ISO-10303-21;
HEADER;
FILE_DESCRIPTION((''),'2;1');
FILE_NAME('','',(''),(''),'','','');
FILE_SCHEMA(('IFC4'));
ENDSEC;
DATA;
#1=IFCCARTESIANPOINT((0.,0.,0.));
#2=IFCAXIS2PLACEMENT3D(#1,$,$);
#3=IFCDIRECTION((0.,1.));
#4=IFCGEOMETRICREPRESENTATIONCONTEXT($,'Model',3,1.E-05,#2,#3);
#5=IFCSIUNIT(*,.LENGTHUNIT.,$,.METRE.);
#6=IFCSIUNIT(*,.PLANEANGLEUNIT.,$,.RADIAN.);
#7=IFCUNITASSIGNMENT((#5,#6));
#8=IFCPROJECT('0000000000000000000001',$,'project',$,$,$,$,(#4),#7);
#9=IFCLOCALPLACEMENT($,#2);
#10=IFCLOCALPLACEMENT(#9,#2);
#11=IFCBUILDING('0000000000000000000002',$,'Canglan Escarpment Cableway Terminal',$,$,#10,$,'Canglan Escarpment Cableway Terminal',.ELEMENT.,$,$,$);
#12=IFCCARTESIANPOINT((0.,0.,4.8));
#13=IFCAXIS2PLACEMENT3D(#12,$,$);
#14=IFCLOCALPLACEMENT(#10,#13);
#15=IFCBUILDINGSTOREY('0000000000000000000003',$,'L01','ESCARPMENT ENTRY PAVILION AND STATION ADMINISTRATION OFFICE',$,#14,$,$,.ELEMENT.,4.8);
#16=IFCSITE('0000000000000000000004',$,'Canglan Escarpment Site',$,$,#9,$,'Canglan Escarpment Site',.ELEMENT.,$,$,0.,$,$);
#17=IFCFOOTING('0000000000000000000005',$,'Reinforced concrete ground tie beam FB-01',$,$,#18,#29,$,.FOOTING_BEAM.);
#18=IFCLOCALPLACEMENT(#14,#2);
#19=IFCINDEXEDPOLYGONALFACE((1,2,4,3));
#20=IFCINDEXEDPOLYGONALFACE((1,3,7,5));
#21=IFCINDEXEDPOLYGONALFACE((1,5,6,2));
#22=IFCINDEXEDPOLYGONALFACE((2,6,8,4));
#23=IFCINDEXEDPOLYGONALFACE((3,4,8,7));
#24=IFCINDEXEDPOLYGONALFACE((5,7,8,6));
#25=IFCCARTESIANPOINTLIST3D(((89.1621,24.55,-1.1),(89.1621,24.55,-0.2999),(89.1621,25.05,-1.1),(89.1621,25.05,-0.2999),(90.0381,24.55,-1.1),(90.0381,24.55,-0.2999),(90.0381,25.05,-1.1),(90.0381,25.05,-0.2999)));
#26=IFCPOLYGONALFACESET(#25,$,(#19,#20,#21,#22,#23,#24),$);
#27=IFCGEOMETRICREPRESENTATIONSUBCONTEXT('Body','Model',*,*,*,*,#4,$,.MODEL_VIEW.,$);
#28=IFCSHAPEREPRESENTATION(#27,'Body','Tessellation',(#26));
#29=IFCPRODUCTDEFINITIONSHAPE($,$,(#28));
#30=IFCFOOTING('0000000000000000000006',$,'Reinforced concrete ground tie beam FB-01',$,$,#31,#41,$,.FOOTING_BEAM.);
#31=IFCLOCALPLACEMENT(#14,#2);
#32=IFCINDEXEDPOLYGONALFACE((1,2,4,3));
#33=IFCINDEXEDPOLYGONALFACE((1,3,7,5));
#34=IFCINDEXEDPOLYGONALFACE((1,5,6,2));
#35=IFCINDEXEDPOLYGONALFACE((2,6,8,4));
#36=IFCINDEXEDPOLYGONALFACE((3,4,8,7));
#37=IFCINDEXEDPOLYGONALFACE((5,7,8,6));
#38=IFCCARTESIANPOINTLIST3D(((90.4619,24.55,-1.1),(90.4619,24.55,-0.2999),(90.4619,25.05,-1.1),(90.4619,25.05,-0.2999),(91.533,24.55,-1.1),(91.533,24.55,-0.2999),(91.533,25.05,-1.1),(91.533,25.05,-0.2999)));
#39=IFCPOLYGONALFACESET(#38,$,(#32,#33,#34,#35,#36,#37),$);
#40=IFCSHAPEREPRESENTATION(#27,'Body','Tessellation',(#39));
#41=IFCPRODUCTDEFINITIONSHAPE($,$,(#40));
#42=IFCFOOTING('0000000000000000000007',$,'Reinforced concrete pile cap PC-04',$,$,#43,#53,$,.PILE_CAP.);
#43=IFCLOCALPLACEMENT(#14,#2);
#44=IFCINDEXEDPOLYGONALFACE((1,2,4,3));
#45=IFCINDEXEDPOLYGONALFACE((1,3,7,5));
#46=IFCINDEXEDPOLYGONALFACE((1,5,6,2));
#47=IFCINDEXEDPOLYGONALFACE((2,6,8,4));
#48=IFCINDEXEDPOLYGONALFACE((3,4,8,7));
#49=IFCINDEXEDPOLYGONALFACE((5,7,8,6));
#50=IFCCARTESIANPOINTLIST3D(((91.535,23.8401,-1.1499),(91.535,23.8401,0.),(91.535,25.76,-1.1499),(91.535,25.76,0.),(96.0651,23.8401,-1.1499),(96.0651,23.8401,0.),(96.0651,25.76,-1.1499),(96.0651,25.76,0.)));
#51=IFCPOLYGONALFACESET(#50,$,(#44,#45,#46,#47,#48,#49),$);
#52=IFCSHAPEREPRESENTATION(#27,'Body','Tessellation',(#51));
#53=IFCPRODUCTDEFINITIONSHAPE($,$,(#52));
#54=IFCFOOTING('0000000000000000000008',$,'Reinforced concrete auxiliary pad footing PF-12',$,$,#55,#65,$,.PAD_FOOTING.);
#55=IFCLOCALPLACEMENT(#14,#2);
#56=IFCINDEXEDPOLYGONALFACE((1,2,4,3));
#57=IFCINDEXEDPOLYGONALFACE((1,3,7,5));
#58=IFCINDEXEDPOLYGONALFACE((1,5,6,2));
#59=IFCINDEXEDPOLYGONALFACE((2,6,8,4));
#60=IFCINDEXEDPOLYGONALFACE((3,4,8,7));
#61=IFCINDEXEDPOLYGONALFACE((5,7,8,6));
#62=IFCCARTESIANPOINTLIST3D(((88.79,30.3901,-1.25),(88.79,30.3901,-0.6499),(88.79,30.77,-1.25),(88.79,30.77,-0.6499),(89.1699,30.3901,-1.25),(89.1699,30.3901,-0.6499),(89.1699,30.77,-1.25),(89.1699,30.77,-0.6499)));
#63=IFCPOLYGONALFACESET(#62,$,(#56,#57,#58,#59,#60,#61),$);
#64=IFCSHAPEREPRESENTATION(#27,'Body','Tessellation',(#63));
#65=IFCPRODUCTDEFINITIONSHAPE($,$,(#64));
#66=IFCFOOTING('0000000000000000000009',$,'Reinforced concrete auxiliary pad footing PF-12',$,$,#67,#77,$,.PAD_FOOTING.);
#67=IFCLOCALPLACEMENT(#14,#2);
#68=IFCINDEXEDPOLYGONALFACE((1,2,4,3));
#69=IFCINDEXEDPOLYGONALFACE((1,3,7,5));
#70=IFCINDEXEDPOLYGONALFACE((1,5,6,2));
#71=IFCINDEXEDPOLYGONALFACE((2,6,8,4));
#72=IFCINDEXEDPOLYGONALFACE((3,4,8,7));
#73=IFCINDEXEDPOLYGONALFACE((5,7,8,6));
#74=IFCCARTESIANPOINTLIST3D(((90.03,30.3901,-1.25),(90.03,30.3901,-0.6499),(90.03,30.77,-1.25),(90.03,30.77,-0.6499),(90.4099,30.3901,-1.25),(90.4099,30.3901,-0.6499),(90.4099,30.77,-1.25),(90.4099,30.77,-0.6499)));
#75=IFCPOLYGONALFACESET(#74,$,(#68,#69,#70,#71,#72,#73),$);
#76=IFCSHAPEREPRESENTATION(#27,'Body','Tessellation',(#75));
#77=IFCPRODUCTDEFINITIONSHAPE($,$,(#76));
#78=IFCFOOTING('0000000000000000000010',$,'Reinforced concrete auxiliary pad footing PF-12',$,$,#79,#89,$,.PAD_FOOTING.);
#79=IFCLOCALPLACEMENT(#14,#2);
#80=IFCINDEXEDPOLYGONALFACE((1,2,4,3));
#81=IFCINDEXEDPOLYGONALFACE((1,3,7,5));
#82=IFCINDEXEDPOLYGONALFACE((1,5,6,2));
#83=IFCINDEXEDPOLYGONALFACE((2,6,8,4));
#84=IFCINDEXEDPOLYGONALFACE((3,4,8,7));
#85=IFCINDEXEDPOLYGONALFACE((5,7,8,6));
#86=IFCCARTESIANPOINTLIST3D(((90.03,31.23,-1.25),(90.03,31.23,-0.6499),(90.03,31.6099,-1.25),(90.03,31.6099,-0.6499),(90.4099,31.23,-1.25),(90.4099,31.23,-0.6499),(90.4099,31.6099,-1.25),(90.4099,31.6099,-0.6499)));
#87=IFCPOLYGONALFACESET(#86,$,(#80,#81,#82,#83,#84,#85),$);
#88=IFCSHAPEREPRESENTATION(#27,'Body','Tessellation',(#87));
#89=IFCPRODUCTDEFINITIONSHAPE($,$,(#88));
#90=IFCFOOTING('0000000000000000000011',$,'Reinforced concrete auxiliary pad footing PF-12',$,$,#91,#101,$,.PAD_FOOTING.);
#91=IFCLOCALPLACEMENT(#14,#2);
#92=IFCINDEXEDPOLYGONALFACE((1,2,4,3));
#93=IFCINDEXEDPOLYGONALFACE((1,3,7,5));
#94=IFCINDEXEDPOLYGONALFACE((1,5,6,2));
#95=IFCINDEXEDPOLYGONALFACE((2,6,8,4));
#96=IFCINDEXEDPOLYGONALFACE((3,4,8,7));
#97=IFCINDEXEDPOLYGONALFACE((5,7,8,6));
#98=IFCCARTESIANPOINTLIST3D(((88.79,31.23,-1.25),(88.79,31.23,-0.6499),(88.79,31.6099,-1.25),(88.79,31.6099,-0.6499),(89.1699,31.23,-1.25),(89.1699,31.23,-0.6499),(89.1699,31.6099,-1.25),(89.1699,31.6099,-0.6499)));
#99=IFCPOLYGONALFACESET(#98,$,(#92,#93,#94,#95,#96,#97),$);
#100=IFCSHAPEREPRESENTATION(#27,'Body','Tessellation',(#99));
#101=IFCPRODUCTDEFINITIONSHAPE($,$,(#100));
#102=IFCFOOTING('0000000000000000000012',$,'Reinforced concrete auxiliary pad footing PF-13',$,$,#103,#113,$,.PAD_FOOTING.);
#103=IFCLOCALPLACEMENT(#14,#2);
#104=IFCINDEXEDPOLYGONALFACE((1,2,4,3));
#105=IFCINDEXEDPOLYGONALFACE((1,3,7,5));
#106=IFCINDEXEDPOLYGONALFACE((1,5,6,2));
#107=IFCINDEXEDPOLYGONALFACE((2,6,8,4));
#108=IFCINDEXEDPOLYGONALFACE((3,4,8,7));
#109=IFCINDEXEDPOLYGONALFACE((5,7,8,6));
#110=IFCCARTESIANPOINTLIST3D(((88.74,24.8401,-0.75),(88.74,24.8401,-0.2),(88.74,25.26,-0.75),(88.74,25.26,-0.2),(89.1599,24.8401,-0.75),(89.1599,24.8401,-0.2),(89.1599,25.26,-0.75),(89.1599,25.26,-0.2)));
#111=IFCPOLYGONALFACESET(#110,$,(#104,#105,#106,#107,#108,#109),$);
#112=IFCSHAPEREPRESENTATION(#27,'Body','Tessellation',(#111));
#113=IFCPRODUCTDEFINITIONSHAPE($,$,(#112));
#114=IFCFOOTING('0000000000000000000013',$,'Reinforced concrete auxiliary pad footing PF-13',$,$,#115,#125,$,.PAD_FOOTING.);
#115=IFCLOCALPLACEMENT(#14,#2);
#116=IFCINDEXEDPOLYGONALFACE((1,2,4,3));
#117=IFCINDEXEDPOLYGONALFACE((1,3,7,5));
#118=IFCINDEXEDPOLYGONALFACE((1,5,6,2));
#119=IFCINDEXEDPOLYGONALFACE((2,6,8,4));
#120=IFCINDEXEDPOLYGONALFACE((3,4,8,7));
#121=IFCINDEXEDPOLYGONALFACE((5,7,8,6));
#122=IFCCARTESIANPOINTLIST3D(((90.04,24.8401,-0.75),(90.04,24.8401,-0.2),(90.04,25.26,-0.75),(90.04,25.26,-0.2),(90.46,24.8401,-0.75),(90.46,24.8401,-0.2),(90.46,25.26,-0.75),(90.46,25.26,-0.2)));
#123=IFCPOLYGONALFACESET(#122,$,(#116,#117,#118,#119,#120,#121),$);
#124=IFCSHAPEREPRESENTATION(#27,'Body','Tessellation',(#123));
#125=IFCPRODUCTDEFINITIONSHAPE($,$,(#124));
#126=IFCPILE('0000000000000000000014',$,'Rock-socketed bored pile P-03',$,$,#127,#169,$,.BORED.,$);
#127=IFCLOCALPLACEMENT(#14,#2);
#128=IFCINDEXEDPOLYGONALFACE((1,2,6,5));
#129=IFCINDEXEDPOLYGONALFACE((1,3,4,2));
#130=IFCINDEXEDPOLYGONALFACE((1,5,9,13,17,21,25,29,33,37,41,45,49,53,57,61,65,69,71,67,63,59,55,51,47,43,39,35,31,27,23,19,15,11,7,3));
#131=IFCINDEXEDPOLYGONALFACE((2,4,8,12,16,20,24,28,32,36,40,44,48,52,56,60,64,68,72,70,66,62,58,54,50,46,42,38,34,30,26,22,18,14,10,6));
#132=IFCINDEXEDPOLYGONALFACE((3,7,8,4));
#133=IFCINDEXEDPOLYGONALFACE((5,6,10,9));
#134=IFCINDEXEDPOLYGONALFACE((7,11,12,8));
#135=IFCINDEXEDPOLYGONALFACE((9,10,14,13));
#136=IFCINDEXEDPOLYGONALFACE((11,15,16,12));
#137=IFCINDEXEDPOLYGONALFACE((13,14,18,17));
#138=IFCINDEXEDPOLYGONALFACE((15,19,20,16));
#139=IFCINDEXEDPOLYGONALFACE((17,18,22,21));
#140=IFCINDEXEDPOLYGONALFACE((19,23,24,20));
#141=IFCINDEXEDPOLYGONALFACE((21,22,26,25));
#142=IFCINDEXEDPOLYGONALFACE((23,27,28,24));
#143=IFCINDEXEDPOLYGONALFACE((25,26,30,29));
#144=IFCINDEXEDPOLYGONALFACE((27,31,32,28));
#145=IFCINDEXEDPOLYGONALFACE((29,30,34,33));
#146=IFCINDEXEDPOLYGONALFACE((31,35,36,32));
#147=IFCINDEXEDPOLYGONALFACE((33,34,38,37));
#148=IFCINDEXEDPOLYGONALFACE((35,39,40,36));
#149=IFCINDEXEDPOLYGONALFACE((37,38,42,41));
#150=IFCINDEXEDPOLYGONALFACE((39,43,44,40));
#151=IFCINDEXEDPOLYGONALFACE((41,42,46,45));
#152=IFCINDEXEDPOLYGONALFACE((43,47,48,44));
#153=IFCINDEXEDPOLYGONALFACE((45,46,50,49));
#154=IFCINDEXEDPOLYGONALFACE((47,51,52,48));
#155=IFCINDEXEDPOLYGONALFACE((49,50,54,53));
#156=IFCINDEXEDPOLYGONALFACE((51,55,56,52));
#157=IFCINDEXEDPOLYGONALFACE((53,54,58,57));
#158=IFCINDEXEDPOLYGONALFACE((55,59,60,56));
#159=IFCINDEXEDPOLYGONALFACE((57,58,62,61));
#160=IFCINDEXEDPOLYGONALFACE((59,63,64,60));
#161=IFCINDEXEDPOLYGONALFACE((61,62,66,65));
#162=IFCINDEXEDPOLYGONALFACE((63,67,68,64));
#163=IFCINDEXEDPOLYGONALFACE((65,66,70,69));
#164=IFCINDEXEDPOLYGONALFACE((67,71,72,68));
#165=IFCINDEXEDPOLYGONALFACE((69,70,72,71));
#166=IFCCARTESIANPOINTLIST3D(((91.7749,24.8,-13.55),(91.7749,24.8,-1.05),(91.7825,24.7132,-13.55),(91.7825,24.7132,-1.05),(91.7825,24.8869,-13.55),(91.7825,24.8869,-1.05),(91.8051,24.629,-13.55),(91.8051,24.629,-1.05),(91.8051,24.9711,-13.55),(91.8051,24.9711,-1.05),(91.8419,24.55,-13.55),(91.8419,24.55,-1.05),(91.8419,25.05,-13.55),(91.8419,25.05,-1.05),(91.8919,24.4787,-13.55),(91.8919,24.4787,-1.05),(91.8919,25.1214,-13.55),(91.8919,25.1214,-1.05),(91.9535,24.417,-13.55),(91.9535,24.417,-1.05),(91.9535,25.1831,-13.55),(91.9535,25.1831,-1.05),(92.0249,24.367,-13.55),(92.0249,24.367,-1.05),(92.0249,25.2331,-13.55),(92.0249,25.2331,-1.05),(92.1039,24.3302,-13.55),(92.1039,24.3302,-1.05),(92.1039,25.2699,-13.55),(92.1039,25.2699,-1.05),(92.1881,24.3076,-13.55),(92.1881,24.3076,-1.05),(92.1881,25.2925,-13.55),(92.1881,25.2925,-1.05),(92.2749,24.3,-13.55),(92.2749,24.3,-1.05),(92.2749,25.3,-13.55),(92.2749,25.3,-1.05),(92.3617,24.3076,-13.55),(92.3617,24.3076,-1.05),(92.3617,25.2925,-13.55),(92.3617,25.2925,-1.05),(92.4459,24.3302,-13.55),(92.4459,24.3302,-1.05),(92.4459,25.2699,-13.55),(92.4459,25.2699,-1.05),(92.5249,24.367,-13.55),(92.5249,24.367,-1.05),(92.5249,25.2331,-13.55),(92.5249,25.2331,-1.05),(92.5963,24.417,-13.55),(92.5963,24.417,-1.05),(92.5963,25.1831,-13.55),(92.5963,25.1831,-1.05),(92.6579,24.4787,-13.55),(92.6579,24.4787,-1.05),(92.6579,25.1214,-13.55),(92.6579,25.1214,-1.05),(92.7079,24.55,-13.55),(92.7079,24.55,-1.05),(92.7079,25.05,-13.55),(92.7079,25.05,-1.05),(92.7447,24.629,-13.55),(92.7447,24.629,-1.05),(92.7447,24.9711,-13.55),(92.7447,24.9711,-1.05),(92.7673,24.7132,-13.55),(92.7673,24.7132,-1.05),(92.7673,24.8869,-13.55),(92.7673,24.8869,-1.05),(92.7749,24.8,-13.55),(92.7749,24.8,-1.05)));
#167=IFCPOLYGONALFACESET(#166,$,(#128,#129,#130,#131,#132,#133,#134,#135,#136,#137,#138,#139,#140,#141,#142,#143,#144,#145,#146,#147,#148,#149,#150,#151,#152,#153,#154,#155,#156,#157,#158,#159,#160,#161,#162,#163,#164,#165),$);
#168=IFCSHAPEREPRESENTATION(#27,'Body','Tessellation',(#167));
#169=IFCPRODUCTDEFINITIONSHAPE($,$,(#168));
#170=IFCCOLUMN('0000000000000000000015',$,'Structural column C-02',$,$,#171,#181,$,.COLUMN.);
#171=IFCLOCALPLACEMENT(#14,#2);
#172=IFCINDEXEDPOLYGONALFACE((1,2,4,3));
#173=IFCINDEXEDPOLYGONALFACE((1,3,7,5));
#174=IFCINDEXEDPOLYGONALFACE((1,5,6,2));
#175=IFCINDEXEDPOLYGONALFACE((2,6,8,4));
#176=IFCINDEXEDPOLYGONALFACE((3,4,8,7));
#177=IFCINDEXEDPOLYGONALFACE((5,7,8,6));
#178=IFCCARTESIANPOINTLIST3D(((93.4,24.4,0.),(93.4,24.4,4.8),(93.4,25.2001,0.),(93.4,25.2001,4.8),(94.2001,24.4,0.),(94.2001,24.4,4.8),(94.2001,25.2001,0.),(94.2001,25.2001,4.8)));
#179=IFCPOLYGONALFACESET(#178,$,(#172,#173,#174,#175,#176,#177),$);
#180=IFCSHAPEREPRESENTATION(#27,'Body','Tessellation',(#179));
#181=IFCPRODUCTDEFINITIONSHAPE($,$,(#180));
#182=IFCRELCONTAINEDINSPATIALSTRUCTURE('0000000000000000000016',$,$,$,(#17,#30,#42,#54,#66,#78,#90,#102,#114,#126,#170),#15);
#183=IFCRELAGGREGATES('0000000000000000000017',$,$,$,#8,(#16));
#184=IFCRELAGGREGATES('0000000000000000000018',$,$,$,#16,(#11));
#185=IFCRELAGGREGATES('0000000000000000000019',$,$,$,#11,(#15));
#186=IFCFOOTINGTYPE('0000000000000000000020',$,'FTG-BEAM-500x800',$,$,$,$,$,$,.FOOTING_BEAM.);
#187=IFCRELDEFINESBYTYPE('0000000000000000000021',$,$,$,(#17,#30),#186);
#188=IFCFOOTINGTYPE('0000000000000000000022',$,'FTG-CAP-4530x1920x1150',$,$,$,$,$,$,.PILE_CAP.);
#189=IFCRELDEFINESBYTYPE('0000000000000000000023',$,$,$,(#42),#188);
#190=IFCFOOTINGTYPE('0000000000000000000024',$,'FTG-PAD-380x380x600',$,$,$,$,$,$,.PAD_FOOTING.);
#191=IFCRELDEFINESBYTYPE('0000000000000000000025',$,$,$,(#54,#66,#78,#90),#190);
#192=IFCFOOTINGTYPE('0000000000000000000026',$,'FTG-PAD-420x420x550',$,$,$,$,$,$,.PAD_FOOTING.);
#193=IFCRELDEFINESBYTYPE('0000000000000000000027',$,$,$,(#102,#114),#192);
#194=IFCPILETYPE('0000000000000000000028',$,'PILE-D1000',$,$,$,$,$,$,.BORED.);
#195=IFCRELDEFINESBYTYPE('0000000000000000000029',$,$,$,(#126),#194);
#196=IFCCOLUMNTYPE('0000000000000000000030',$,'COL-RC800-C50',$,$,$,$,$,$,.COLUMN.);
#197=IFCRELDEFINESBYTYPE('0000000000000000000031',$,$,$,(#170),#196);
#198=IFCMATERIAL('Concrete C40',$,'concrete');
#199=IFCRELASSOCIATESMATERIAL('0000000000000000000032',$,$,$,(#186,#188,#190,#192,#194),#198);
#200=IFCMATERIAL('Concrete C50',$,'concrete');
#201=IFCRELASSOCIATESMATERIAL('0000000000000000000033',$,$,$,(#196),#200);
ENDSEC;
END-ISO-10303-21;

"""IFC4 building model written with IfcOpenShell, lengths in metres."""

from ifc_helpers import new_model, si_unit, direction, frame, origin, origin_2d, place, context, subcontext, project, spatial, rectangle, circle, extrude, material, material_profile, profile_set, type_object, element, save


model = new_model("IFC4")

# Units and contexts
model_context = context("Model", 3, precision=1e-05, world=origin(), true_north=direction((0.0, 1.0)))
body_context = subcontext(model_context, "Body", "Model", "MODEL_VIEW")
ifc_project = project(units=[si_unit("LENGTHUNIT", "METRE"), si_unit("PLANEANGLEUNIT", "RADIAN")], contexts=[model_context])

# Site, building, storey
site_placement = place(None, origin())
site = spatial("IfcSite", under=ifc_project, at=site_placement, Name="Canglan Escarpment Site", LongName="Canglan Escarpment Site", CompositionType="ELEMENT", RefElevation=0.0)
building_placement = place(site_placement, origin())
building = spatial("IfcBuilding", under=site, at=building_placement, Name="Canglan Escarpment Cableway Terminal", LongName="Canglan Escarpment Cableway Terminal", CompositionType="ELEMENT")
storey_placement = place(building_placement, frame((0.0, 0.0, 4.8)))
storey = spatial("IfcBuildingStorey", under=building, at=storey_placement, Name="L01", Description="ESCARPMENT ENTRY PAVILION AND STATION ADMINISTRATION OFFICE", CompositionType="ELEMENT", Elevation=4.8)

# Footings
ifc_material_1 = material(Name="Concrete C40", Category="concrete")
ifc_material_profile_1 = material_profile(ifc_material_1, rectangle(XDim=0.5, YDim=0.8, at=origin_2d()), Name="FB 500x800")
ifc_profile_set_1 = profile_set([ifc_material_profile_1], Name="Concrete C40")
footing_type_1 = type_object("IfcFootingType", Name="FTG-BEAM-500x800", PredefinedType="FOOTING_BEAM", material=ifc_profile_set_1)
footing_1_placement = place(storey_placement, frame((89.1621, 24.8, -0.7), z_axis=(1.0, 0.0, 0.0), x_axis=(0.0, 1.0, 0.0)))
element("IfcFooting", 1, at=footing_1_placement, inside=storey, type_object=footing_type_1, Name="Reinforced concrete ground tie beam FB-01", PredefinedType="FOOTING_BEAM", context=body_context, shape_type="SweptSolid", body=[
    extrude(rectangle(XDim=0.5, YDim=0.8, at=origin_2d()), origin(), (0.0, 0.0, 1.0), 0.876),
])
footing_2_placement = place(storey_placement, frame((90.4619, 24.8, -0.7), z_axis=(1.0, 0.0, 0.0), x_axis=(0.0, 1.0, 0.0)))
element("IfcFooting", 2, at=footing_2_placement, inside=storey, type_object=footing_type_1, Name="Reinforced concrete ground tie beam FB-01", PredefinedType="FOOTING_BEAM", context=body_context, shape_type="SweptSolid", body=[
    extrude(rectangle(XDim=0.5, YDim=0.8, at=origin_2d()), origin(), (0.0, 0.0, 1.0), 1.071),
])
footing_type_2 = type_object("IfcFootingType", Name="FTG-CAP-4530x1920x1150", PredefinedType="PILE_CAP", material=ifc_material_1)
footing_3_placement = place(storey_placement, frame((93.8, 24.8, -1.1499), z_axis=(0.0, 0.0, 1.0), x_axis=(1.0, 0.0, 0.0)))
element("IfcFooting", 3, at=footing_3_placement, inside=storey, type_object=footing_type_2, Name="Reinforced concrete pile cap PC-04", PredefinedType="PILE_CAP", context=body_context, shape_type="SweptSolid", body=[
    extrude(rectangle(XDim=4.53, YDim=1.9199, at=origin_2d()), origin(), (0.0, 0.0, 1.0), 1.1499),
])
footing_type_3 = type_object("IfcFootingType", Name="FTG-PAD-380x380x600", PredefinedType="PAD_FOOTING", material=ifc_material_1)
for number, where, z_axis, x_axis, name in (
    (4, (88.98, 30.5801, -1.25), (0.0, 0.0, 1.0), (1.0, 0.0, 0.0), "Reinforced concrete auxiliary pad footing PF-12"),
    (5, (90.22, 30.5801, -1.25), (0.0, 0.0, 1.0), (1.0, 0.0, 0.0), "Reinforced concrete auxiliary pad footing PF-12"),
    (6, (90.22, 31.4199, -1.25), (0.0, 0.0, 1.0), (1.0, 0.0, 0.0), "Reinforced concrete auxiliary pad footing PF-12"),
    (7, (88.98, 31.4199, -1.25), (0.0, 0.0, 1.0), (1.0, 0.0, 0.0), "Reinforced concrete auxiliary pad footing PF-12"),
):
    element("IfcFooting", number, at=place(storey_placement, frame(where, z_axis=z_axis, x_axis=x_axis)), inside=storey, type_object=footing_type_3, Name=name, PredefinedType="PAD_FOOTING", context=body_context, shape_type="SweptSolid", body=[
        extrude(rectangle(XDim=0.3799, YDim=0.3799, at=origin_2d()), origin(), (0.0, 0.0, 1.0), 0.6001),
    ])
footing_type_4 = type_object("IfcFootingType", Name="FTG-PAD-420x420x550", PredefinedType="PAD_FOOTING", material=ifc_material_1)
for number, where, z_axis, x_axis, name in (
    (8, (88.95, 25.05, -0.75), (0.0, 0.0, 1.0), (1.0, 0.0, 0.0), "Reinforced concrete auxiliary pad footing PF-13"),
    (9, (90.25, 25.05, -0.75), (0.0, 0.0, 1.0), (1.0, 0.0, 0.0), "Reinforced concrete auxiliary pad footing PF-13"),
):
    element("IfcFooting", number, at=place(storey_placement, frame(where, z_axis=z_axis, x_axis=x_axis)), inside=storey, type_object=footing_type_4, Name=name, PredefinedType="PAD_FOOTING", context=body_context, shape_type="SweptSolid", body=[
        extrude(rectangle(XDim=0.4199, YDim=0.4199, at=origin_2d()), origin(), (0.0, 0.0, 1.0), 0.55),
    ])

# Pile
ifc_material_profile_2 = material_profile(ifc_material_1, circle(Radius=0.5, at=origin_2d()), Name="BORED PILE D1000")
ifc_profile_set_2 = profile_set([ifc_material_profile_2], Name="Concrete C40")
pile_type = type_object("IfcPileType", Name="PILE-D1000", PredefinedType="BORED", material=ifc_profile_set_2)
pile_placement = place(storey_placement, frame((92.2749, 24.8, -1.05), z_axis=(0.0, 0.0, -1.0), x_axis=(1.0, 0.0, 0.0)))
element("IfcPile", 10, at=pile_placement, inside=storey, type_object=pile_type, Name="Rock-socketed bored pile P-03", PredefinedType="BORED", context=body_context, shape_type="SweptSolid", body=[
    extrude(circle(Radius=0.5, at=origin_2d()), origin(), (0.0, 0.0, 1.0), 12.5),
])

# Column
ifc_material_2 = material(Name="Concrete C50", Category="concrete")
ifc_material_profile_3 = material_profile(ifc_material_2, rectangle(XDim=0.8, YDim=0.8, at=origin_2d()), Name="RC 800x800")
ifc_profile_set_3 = profile_set([ifc_material_profile_3], Name="Concrete C50")
column_type = type_object("IfcColumnType", Name="COL-RC800-C50", PredefinedType="COLUMN", material=ifc_profile_set_3)
column_placement = place(storey_placement, frame((93.8, 24.8, 0.0), z_axis=(0.0, 0.0, 1.0), x_axis=(1.0, 0.0, 0.0)))
element("IfcColumn", 11, at=column_placement, inside=storey, type_object=column_type, Name="Structural column C-02", PredefinedType="COLUMN", context=body_context, shape_type="SweptSolid", body=[
    extrude(rectangle(XDim=0.8, YDim=0.8, at=origin_2d()), origin(), (0.0, 0.0, 1.0), 4.8),
])

save(model, "model.ifc")
